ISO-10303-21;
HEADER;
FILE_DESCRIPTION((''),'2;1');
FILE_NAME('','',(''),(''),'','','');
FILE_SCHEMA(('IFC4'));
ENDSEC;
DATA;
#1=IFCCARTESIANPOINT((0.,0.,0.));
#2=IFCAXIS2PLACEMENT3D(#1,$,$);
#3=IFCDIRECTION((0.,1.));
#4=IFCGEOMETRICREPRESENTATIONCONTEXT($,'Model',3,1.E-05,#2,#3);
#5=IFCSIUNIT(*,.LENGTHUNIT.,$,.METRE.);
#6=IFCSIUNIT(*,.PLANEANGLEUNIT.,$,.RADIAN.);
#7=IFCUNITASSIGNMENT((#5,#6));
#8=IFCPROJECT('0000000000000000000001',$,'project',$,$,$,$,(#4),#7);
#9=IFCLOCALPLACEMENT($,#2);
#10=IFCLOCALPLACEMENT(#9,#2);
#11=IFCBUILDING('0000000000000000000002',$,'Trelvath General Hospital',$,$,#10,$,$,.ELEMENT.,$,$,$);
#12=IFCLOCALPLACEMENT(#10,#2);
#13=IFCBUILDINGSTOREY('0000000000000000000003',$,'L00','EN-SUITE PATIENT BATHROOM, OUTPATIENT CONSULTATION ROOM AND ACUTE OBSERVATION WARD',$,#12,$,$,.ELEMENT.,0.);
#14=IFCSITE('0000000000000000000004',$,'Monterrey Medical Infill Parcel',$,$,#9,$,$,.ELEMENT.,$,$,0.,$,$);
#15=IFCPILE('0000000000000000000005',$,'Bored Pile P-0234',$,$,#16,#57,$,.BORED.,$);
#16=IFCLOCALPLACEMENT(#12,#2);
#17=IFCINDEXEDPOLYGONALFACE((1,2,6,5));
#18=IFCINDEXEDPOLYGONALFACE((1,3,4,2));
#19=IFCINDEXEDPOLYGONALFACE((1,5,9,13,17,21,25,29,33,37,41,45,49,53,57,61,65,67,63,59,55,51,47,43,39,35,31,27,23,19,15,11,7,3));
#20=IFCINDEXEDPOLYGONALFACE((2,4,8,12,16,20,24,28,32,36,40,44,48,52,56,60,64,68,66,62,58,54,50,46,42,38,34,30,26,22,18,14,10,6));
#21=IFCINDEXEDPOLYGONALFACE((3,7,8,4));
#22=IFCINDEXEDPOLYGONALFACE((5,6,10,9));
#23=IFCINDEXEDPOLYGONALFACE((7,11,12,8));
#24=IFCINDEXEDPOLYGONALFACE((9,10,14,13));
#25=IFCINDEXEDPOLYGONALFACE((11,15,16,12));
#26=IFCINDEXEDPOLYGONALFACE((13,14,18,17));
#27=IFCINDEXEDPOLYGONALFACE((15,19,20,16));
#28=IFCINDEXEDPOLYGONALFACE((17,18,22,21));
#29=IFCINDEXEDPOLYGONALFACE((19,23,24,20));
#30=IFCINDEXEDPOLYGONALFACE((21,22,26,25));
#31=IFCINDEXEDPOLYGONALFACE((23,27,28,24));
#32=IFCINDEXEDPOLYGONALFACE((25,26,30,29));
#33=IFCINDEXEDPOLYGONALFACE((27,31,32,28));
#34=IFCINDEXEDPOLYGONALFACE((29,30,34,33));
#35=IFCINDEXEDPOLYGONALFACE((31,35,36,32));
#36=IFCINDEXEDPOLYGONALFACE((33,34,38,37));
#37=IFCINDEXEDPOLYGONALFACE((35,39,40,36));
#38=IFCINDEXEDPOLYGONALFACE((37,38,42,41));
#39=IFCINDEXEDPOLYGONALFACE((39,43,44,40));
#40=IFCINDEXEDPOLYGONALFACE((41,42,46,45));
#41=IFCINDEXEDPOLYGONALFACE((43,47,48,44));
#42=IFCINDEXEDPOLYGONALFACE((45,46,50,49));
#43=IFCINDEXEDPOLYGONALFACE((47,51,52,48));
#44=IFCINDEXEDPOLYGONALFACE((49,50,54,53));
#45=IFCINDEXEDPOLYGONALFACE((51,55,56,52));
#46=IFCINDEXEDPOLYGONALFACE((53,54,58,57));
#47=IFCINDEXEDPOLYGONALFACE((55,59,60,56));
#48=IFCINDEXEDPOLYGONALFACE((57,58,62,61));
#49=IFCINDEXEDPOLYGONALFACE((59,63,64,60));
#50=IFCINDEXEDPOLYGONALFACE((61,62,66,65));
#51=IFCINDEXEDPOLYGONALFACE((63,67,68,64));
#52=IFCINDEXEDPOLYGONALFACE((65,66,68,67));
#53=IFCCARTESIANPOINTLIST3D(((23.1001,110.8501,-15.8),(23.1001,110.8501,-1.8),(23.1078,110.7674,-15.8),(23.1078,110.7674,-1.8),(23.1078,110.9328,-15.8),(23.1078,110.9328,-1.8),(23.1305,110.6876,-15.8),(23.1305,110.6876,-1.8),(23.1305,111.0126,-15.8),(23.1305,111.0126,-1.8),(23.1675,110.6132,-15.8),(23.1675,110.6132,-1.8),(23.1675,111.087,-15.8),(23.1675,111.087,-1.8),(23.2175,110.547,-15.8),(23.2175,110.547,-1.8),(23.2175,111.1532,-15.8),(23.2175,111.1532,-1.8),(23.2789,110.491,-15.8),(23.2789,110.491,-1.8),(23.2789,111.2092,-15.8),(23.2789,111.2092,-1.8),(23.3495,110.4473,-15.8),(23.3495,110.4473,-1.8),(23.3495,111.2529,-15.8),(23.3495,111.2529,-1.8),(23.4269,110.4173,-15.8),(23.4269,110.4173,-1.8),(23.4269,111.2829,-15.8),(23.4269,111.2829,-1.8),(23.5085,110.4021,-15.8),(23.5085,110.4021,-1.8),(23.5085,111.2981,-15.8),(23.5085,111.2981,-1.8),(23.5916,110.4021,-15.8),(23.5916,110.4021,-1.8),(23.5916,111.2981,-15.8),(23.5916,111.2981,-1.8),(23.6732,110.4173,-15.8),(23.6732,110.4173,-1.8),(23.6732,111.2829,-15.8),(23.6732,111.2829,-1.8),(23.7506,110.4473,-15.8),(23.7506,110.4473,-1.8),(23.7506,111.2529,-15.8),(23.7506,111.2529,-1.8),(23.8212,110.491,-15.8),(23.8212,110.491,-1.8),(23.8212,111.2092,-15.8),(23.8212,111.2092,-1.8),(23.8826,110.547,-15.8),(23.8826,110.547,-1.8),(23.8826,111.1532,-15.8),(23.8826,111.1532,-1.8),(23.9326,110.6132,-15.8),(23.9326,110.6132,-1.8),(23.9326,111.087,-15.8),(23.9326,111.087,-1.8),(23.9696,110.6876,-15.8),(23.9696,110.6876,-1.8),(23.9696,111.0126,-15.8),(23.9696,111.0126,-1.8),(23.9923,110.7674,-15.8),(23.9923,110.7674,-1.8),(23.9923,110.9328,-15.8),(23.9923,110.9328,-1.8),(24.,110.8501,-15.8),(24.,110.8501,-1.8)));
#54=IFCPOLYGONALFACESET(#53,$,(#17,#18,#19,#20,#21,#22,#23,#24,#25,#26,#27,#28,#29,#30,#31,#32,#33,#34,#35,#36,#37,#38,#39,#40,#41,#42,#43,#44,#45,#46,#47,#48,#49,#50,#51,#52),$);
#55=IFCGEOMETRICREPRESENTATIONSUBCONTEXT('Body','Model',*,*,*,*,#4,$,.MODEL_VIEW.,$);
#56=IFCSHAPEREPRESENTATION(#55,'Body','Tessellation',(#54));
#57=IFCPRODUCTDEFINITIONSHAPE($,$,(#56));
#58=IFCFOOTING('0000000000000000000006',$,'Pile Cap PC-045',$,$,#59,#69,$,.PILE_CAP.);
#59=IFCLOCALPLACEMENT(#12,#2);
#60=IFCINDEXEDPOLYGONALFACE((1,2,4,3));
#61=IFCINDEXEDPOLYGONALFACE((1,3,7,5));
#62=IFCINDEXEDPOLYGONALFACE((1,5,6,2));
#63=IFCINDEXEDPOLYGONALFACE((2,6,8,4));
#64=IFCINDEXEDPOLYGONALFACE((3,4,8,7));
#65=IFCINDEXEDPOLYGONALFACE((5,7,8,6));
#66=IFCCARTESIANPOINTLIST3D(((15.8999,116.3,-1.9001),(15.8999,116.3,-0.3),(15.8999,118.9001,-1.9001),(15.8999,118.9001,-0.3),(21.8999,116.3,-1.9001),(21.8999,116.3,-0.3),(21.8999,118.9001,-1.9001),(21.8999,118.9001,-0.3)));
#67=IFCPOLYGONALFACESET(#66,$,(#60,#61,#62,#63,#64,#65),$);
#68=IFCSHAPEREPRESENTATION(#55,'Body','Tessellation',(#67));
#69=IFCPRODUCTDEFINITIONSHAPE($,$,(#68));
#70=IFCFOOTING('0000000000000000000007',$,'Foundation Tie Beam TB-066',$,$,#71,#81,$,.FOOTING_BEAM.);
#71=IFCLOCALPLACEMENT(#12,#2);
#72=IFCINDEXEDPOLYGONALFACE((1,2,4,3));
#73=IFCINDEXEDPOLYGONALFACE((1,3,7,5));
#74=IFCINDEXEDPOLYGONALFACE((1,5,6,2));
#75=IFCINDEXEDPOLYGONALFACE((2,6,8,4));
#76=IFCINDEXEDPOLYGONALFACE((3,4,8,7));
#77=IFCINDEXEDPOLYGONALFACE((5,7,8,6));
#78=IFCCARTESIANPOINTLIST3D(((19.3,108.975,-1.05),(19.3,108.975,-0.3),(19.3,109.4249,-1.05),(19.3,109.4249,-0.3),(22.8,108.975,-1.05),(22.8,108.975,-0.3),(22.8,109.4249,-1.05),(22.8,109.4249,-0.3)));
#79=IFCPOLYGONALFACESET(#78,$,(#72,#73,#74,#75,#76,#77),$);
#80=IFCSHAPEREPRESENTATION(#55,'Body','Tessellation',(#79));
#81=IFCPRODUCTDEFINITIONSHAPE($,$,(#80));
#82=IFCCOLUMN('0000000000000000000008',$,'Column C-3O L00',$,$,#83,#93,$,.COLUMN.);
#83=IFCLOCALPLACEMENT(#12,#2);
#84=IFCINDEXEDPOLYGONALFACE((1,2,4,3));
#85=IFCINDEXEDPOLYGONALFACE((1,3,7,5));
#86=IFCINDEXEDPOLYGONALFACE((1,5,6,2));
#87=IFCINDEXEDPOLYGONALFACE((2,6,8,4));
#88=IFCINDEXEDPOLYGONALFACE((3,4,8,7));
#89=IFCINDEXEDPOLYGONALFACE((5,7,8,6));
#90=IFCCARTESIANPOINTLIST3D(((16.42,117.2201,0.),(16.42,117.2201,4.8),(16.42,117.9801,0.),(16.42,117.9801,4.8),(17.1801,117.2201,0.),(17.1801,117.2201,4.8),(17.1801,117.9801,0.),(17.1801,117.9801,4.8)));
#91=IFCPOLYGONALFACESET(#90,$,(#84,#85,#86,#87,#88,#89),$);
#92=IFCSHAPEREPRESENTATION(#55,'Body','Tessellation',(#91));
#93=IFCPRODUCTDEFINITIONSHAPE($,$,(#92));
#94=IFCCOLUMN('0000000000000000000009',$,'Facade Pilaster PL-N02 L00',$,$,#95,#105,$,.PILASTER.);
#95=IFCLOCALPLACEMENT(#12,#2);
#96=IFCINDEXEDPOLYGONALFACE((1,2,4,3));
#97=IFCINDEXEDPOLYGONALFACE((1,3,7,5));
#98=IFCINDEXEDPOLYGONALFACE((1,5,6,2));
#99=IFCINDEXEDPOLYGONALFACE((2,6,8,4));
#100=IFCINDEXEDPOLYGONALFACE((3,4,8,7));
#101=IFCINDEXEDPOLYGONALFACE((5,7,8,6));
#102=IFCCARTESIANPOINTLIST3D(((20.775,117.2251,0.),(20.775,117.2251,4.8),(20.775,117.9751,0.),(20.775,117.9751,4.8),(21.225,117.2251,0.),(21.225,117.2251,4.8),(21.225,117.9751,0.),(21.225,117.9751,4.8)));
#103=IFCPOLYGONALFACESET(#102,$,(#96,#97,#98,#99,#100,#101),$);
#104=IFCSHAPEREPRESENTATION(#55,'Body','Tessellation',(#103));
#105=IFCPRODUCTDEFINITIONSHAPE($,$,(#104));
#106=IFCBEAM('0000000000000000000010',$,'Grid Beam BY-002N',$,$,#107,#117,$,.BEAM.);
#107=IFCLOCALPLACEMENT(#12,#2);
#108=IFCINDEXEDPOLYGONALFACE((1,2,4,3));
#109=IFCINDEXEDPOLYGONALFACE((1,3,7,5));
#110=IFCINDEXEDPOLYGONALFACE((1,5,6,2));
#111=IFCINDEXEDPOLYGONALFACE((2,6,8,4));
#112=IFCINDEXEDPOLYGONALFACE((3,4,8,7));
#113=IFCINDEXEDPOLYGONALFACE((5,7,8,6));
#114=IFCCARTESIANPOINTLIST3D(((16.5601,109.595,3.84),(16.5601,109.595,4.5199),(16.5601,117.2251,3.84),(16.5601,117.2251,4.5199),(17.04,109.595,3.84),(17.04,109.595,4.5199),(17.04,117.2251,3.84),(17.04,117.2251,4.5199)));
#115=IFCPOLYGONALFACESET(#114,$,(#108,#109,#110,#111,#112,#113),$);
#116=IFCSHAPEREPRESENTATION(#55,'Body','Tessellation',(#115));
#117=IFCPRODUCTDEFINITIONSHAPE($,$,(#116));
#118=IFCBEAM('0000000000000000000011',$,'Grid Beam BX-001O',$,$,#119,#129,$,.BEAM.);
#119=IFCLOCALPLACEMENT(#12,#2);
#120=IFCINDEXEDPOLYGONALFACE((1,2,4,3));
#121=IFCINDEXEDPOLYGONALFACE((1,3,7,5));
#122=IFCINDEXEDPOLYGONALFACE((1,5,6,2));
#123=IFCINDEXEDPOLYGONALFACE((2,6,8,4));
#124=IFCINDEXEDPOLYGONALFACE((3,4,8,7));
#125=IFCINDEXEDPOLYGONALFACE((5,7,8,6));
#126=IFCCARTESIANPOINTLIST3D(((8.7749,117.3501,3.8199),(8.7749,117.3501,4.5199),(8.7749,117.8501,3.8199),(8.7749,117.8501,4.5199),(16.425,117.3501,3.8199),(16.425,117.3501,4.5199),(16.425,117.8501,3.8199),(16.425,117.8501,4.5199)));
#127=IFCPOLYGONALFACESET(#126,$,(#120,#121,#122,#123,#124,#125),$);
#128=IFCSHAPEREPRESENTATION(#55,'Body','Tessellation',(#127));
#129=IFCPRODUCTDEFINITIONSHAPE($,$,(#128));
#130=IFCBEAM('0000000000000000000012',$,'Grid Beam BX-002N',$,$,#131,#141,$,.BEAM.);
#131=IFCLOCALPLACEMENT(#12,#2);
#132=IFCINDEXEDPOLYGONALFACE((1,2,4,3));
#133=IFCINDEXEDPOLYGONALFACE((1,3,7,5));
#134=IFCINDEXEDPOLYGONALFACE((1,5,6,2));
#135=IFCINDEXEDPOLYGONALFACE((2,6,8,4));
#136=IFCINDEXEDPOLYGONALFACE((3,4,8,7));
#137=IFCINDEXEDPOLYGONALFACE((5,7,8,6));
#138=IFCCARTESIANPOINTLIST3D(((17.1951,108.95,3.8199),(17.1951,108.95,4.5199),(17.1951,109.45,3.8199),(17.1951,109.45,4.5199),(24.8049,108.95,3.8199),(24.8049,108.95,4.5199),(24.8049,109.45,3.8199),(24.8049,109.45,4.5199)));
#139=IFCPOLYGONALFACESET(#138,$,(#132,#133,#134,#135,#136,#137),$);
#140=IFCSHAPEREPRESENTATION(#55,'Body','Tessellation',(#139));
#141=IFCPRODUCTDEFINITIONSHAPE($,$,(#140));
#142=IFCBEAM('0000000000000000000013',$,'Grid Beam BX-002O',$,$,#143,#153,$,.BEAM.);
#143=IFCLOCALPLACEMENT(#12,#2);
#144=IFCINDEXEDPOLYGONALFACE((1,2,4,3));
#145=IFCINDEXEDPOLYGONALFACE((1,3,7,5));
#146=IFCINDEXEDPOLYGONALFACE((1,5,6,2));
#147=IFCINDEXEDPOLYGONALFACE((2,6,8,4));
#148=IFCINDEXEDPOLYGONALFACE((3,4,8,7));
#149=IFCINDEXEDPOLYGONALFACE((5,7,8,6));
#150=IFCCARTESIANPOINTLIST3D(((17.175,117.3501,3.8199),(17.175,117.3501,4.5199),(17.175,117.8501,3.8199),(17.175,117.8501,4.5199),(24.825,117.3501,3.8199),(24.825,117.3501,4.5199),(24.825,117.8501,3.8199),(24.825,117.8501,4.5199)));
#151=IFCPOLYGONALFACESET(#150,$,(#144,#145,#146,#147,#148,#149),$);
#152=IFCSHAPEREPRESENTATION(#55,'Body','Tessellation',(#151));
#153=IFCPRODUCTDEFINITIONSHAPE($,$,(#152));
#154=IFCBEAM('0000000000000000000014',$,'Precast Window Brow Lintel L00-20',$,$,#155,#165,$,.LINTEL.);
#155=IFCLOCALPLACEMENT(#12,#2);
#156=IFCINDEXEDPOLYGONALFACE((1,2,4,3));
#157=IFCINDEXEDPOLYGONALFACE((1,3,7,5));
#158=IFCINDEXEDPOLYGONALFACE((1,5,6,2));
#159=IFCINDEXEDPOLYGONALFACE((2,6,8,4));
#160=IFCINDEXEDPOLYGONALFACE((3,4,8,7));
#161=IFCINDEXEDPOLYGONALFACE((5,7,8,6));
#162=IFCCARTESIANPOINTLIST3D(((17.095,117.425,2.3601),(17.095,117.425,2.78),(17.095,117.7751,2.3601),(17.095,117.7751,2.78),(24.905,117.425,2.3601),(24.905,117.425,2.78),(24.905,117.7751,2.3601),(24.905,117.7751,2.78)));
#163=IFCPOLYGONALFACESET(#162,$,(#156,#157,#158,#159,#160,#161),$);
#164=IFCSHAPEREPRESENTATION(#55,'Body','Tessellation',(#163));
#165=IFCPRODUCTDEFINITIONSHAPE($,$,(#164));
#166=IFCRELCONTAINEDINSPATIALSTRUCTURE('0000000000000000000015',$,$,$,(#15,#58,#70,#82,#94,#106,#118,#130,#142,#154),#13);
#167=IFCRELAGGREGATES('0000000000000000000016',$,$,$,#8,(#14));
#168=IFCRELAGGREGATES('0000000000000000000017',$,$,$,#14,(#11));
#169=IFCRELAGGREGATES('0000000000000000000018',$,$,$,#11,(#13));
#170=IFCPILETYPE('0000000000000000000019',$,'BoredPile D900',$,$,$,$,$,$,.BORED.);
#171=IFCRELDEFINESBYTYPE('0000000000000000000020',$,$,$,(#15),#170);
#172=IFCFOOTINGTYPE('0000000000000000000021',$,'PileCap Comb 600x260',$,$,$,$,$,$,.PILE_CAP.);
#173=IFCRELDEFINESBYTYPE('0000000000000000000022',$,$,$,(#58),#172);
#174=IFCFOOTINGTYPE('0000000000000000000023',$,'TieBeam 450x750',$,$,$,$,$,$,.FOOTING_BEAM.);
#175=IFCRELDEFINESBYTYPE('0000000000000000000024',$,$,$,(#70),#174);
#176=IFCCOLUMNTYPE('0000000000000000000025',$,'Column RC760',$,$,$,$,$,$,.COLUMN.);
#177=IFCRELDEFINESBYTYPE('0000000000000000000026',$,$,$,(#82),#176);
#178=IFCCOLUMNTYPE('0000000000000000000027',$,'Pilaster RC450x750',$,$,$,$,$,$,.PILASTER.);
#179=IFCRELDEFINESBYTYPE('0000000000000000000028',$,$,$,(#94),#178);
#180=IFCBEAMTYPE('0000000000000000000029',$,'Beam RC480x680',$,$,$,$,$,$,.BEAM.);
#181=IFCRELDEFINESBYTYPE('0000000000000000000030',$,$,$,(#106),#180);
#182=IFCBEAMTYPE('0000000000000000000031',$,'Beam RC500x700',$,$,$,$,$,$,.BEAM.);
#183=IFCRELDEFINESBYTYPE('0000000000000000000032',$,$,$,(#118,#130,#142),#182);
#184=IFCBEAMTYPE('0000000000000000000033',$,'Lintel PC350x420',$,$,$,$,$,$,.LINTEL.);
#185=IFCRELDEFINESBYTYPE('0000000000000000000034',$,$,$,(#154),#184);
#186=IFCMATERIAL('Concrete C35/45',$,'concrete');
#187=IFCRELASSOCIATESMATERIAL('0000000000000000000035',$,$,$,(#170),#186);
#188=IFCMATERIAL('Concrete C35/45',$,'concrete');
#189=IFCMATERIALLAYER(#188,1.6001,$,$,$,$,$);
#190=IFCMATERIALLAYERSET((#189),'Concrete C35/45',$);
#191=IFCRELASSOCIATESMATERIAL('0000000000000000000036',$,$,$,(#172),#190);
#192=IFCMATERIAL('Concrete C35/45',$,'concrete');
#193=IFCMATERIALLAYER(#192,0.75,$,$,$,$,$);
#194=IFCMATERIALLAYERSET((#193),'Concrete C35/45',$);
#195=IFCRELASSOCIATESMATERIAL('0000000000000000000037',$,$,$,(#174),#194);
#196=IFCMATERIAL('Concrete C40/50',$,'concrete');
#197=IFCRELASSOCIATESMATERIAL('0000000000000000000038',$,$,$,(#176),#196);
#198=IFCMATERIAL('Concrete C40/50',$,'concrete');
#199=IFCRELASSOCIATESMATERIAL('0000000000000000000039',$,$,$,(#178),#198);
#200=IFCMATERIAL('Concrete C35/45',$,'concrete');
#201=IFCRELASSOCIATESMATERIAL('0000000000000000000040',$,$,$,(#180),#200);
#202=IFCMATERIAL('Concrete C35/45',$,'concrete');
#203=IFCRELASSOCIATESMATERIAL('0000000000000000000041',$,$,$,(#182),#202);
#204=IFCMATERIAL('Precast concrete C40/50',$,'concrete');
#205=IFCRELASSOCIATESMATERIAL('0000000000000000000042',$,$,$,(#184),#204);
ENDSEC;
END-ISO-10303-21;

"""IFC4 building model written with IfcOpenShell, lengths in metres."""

from ifc_helpers import new_model, si_unit, direction, frame, origin, origin_2d, place, context, subcontext, project, spatial, rectangle, circle, extrude, material, layer, layer_set, material_profile, profile_set, type_object, element, save


model = new_model("IFC4")

# Units and contexts
model_context = context("Model", 3, precision=1e-05, world=origin(), true_north=direction((0.0, 1.0)))
body_context = subcontext(model_context, "Body", "Model", "MODEL_VIEW")
ifc_project = project(units=[si_unit("LENGTHUNIT", "METRE"), si_unit("PLANEANGLEUNIT", "RADIAN")], contexts=[model_context])

# Site, building, storey
site_placement = place(None, origin())
site = spatial("IfcSite", under=ifc_project, at=site_placement, Name="Monterrey Medical Infill Parcel", CompositionType="ELEMENT", RefElevation=0.0)
building_placement = place(site_placement, origin())
building = spatial("IfcBuilding", under=site, at=building_placement, Name="Trelvath General Hospital", CompositionType="ELEMENT")
storey_placement = place(building_placement, origin())
storey = spatial("IfcBuildingStorey", under=building, at=storey_placement, Name="L00", Description="EN-SUITE PATIENT BATHROOM, OUTPATIENT CONSULTATION ROOM AND ACUTE OBSERVATION WARD", CompositionType="ELEMENT", Elevation=0.0)

# Pile
ifc_material_1 = material(Name="Concrete C35/45", Category="concrete")
ifc_material_profile_1 = material_profile(ifc_material_1, circle(Radius=0.45, at=origin_2d()), Name="PILE900")
ifc_profile_set_1 = profile_set([ifc_material_profile_1], Name="Concrete C35/45")
pile_type_1 = type_object("IfcPileType", Name="BoredPile D900", PredefinedType="BORED", material=ifc_profile_set_1)
for number, where, z_axis, x_axis, name in (
    (1, (23.55, 110.8501, -1.8), (0.0, 0.0, -1.0), (1.0, 0.0, 0.0), "Bored Pile P-0234"),
):
    element("IfcPile", number, at=place(storey_placement, frame(where, z_axis=z_axis, x_axis=x_axis)), inside=storey, type_object=pile_type_1, Name=name, PredefinedType="BORED", context=body_context, shape_type="SweptSolid", body=[
        extrude(circle(Radius=0.45, at=origin_2d()), origin(), (0.0, 0.0, 1.0), 14.0),
    ])

# Footings
ifc_material_2 = material(Name="Concrete C35/45", Category="concrete")
ifc_layer_1 = layer(ifc_material_2, 1.6001)
ifc_layer_set_1 = layer_set([ifc_layer_1], Name="Concrete C35/45")
footing_type_1 = type_object("IfcFootingType", Name="PileCap Comb 600x260", PredefinedType="PILE_CAP", material=ifc_layer_set_1)
footing_1_placement = place(storey_placement, frame((18.8999, 117.6001, -1.9001), z_axis=(0.0, 0.0, 1.0), x_axis=(1.0, 0.0, 0.0)))
element("IfcFooting", 2, at=footing_1_placement, inside=storey, type_object=footing_type_1, Name="Pile Cap PC-045", PredefinedType="PILE_CAP", context=body_context, shape_type="SweptSolid", body=[
    extrude(rectangle(XDim=6.0, YDim=2.6001, at=origin_2d()), origin(), (0.0, 0.0, 1.0), 1.6001),
])
ifc_material_3 = material(Name="Concrete C35/45", Category="concrete")
ifc_layer_2 = layer(ifc_material_3, 0.75)
ifc_layer_set_2 = layer_set([ifc_layer_2], Name="Concrete C35/45")
footing_type_2 = type_object("IfcFootingType", Name="TieBeam 450x750", PredefinedType="FOOTING_BEAM", material=ifc_layer_set_2)
footing_2_placement = place(storey_placement, frame((21.05, 109.2, -1.05), z_axis=(0.0, 0.0, 1.0), x_axis=(1.0, 0.0, 0.0)))
element("IfcFooting", 3, at=footing_2_placement, inside=storey, type_object=footing_type_2, Name="Foundation Tie Beam TB-066", PredefinedType="FOOTING_BEAM", context=body_context, shape_type="SweptSolid", body=[
    extrude(rectangle(XDim=3.5, YDim=0.45, at=origin_2d()), origin(), (0.0, 0.0, 1.0), 0.75),
])

# Columns
ifc_material_4 = material(Name="Concrete C40/50", Category="concrete")
ifc_material_profile_2 = material_profile(ifc_material_4, rectangle(XDim=0.76, YDim=0.76, at=origin_2d()), Name="RC760x760")
ifc_profile_set_2 = profile_set([ifc_material_profile_2], Name="Concrete C40/50")
column_type_1 = type_object("IfcColumnType", Name="Column RC760", PredefinedType="COLUMN", material=ifc_profile_set_2)
column_1_placement = place(storey_placement, frame((16.8, 117.6001, 0.0), z_axis=(0.0, 0.0, 1.0), x_axis=(1.0, 0.0, 0.0)))
element("IfcColumn", 4, at=column_1_placement, inside=storey, type_object=column_type_1, Name="Column C-3O L00", PredefinedType="COLUMN", context=body_context, shape_type="SweptSolid", body=[
    extrude(rectangle(XDim=0.76, YDim=0.76, at=origin_2d()), origin(), (0.0, 0.0, 1.0), 4.8),
])
ifc_material_5 = material(Name="Concrete C40/50", Category="concrete")
ifc_material_profile_3 = material_profile(ifc_material_5, rectangle(XDim=0.45, YDim=0.75, at=origin_2d()), Name="RC450x750")
ifc_profile_set_3 = profile_set([ifc_material_profile_3], Name="Concrete C40/50")
column_type_2 = type_object("IfcColumnType", Name="Pilaster RC450x750", PredefinedType="PILASTER", material=ifc_profile_set_3)
column_2_placement = place(storey_placement, frame((21.0, 117.6001, 0.0), z_axis=(0.0, 0.0, 1.0), x_axis=(1.0, 0.0, 0.0)))
element("IfcColumn", 5, at=column_2_placement, inside=storey, type_object=column_type_2, Name="Facade Pilaster PL-N02 L00", PredefinedType="PILASTER", context=body_context, shape_type="SweptSolid", body=[
    extrude(rectangle(XDim=0.45, YDim=0.75, at=origin_2d()), origin(), (0.0, 0.0, 1.0), 4.8),
])

# Beams
ifc_material_6 = material(Name="Concrete C35/45", Category="concrete")
ifc_material_profile_4 = material_profile(ifc_material_6, rectangle(XDim=0.48, YDim=0.6799, at=origin_2d()), Name="RCB480x680")
ifc_profile_set_4 = profile_set([ifc_material_profile_4], Name="Concrete C35/45")
beam_type_1 = type_object("IfcBeamType", Name="Beam RC480x680", PredefinedType="BEAM", material=ifc_profile_set_4)
beam_1_placement = place(storey_placement, frame((16.8, 109.595, 4.1799), z_axis=(0.0, 1.0, 0.0), x_axis=(-1.0, 0.0, 0.0)))
element("IfcBeam", 6, at=beam_1_placement, inside=storey, type_object=beam_type_1, Name="Grid Beam BY-002N", PredefinedType="BEAM", context=body_context, shape_type="SweptSolid", body=[
    extrude(rectangle(XDim=0.48, YDim=0.6799, at=origin_2d()), origin(), (0.0, 0.0, 1.0), 7.6301),
])
ifc_material_7 = material(Name="Concrete C35/45", Category="concrete")
ifc_material_profile_5 = material_profile(ifc_material_7, rectangle(XDim=0.5, YDim=0.7, at=origin_2d()), Name="RCB500x700")
ifc_profile_set_5 = profile_set([ifc_material_profile_5], Name="Concrete C35/45")
beam_type_2 = type_object("IfcBeamType", Name="Beam RC500x700", PredefinedType="BEAM", material=ifc_profile_set_5)
beam_2_placement = place(storey_placement, frame((8.7749, 117.6001, 4.1699), z_axis=(1.0, 0.0, 0.0), x_axis=(0.0, 1.0, 0.0)))
element("IfcBeam", 7, at=beam_2_placement, inside=storey, type_object=beam_type_2, Name="Grid Beam BX-001O", PredefinedType="BEAM", context=body_context, shape_type="SweptSolid", body=[
    extrude(rectangle(XDim=0.5, YDim=0.7, at=origin_2d()), origin(), (0.0, 0.0, 1.0), 7.6501),
])
beam_3_placement = place(storey_placement, frame((17.1951, 109.2, 4.1699), z_axis=(1.0, 0.0, 0.0), x_axis=(0.0, 1.0, 0.0)))
element("IfcBeam", 8, at=beam_3_placement, inside=storey, type_object=beam_type_2, Name="Grid Beam BX-002N", PredefinedType="BEAM", context=body_context, shape_type="SweptSolid", body=[
    extrude(rectangle(XDim=0.5, YDim=0.7, at=origin_2d()), origin(), (0.0, 0.0, 1.0), 7.6099),
])
beam_4_placement = place(storey_placement, frame((17.175, 117.6001, 4.1699), z_axis=(1.0, 0.0, 0.0), x_axis=(0.0, 1.0, 0.0)))
element("IfcBeam", 9, at=beam_4_placement, inside=storey, type_object=beam_type_2, Name="Grid Beam BX-002O", PredefinedType="BEAM", context=body_context, shape_type="SweptSolid", body=[
    extrude(rectangle(XDim=0.5, YDim=0.7, at=origin_2d()), origin(), (0.0, 0.0, 1.0), 7.6499),
])
ifc_material_8 = material(Name="Precast concrete C40/50", Category="concrete")
ifc_material_profile_6 = material_profile(ifc_material_8, rectangle(XDim=0.3501, YDim=0.4199, at=origin_2d()), Name="PCL350x420")
ifc_profile_set_6 = profile_set([ifc_material_profile_6], Name="Precast concrete C40/50")
beam_type_3 = type_object("IfcBeamType", Name="Lintel PC350x420", PredefinedType="LINTEL", material=ifc_profile_set_6)
beam_5_placement = place(storey_placement, frame((17.095, 117.6001, 2.5701), z_axis=(1.0, 0.0, 0.0), x_axis=(0.0, 1.0, 0.0)))
element("IfcBeam", 10, at=beam_5_placement, inside=storey, type_object=beam_type_3, Name="Precast Window Brow Lintel L00-20", PredefinedType="LINTEL", context=body_context, shape_type="SweptSolid", body=[
    extrude(rectangle(XDim=0.3501, YDim=0.4199, at=origin_2d()), origin(), (0.0, 0.0, 1.0), 7.8101),
])

save(model, "model.ifc")
